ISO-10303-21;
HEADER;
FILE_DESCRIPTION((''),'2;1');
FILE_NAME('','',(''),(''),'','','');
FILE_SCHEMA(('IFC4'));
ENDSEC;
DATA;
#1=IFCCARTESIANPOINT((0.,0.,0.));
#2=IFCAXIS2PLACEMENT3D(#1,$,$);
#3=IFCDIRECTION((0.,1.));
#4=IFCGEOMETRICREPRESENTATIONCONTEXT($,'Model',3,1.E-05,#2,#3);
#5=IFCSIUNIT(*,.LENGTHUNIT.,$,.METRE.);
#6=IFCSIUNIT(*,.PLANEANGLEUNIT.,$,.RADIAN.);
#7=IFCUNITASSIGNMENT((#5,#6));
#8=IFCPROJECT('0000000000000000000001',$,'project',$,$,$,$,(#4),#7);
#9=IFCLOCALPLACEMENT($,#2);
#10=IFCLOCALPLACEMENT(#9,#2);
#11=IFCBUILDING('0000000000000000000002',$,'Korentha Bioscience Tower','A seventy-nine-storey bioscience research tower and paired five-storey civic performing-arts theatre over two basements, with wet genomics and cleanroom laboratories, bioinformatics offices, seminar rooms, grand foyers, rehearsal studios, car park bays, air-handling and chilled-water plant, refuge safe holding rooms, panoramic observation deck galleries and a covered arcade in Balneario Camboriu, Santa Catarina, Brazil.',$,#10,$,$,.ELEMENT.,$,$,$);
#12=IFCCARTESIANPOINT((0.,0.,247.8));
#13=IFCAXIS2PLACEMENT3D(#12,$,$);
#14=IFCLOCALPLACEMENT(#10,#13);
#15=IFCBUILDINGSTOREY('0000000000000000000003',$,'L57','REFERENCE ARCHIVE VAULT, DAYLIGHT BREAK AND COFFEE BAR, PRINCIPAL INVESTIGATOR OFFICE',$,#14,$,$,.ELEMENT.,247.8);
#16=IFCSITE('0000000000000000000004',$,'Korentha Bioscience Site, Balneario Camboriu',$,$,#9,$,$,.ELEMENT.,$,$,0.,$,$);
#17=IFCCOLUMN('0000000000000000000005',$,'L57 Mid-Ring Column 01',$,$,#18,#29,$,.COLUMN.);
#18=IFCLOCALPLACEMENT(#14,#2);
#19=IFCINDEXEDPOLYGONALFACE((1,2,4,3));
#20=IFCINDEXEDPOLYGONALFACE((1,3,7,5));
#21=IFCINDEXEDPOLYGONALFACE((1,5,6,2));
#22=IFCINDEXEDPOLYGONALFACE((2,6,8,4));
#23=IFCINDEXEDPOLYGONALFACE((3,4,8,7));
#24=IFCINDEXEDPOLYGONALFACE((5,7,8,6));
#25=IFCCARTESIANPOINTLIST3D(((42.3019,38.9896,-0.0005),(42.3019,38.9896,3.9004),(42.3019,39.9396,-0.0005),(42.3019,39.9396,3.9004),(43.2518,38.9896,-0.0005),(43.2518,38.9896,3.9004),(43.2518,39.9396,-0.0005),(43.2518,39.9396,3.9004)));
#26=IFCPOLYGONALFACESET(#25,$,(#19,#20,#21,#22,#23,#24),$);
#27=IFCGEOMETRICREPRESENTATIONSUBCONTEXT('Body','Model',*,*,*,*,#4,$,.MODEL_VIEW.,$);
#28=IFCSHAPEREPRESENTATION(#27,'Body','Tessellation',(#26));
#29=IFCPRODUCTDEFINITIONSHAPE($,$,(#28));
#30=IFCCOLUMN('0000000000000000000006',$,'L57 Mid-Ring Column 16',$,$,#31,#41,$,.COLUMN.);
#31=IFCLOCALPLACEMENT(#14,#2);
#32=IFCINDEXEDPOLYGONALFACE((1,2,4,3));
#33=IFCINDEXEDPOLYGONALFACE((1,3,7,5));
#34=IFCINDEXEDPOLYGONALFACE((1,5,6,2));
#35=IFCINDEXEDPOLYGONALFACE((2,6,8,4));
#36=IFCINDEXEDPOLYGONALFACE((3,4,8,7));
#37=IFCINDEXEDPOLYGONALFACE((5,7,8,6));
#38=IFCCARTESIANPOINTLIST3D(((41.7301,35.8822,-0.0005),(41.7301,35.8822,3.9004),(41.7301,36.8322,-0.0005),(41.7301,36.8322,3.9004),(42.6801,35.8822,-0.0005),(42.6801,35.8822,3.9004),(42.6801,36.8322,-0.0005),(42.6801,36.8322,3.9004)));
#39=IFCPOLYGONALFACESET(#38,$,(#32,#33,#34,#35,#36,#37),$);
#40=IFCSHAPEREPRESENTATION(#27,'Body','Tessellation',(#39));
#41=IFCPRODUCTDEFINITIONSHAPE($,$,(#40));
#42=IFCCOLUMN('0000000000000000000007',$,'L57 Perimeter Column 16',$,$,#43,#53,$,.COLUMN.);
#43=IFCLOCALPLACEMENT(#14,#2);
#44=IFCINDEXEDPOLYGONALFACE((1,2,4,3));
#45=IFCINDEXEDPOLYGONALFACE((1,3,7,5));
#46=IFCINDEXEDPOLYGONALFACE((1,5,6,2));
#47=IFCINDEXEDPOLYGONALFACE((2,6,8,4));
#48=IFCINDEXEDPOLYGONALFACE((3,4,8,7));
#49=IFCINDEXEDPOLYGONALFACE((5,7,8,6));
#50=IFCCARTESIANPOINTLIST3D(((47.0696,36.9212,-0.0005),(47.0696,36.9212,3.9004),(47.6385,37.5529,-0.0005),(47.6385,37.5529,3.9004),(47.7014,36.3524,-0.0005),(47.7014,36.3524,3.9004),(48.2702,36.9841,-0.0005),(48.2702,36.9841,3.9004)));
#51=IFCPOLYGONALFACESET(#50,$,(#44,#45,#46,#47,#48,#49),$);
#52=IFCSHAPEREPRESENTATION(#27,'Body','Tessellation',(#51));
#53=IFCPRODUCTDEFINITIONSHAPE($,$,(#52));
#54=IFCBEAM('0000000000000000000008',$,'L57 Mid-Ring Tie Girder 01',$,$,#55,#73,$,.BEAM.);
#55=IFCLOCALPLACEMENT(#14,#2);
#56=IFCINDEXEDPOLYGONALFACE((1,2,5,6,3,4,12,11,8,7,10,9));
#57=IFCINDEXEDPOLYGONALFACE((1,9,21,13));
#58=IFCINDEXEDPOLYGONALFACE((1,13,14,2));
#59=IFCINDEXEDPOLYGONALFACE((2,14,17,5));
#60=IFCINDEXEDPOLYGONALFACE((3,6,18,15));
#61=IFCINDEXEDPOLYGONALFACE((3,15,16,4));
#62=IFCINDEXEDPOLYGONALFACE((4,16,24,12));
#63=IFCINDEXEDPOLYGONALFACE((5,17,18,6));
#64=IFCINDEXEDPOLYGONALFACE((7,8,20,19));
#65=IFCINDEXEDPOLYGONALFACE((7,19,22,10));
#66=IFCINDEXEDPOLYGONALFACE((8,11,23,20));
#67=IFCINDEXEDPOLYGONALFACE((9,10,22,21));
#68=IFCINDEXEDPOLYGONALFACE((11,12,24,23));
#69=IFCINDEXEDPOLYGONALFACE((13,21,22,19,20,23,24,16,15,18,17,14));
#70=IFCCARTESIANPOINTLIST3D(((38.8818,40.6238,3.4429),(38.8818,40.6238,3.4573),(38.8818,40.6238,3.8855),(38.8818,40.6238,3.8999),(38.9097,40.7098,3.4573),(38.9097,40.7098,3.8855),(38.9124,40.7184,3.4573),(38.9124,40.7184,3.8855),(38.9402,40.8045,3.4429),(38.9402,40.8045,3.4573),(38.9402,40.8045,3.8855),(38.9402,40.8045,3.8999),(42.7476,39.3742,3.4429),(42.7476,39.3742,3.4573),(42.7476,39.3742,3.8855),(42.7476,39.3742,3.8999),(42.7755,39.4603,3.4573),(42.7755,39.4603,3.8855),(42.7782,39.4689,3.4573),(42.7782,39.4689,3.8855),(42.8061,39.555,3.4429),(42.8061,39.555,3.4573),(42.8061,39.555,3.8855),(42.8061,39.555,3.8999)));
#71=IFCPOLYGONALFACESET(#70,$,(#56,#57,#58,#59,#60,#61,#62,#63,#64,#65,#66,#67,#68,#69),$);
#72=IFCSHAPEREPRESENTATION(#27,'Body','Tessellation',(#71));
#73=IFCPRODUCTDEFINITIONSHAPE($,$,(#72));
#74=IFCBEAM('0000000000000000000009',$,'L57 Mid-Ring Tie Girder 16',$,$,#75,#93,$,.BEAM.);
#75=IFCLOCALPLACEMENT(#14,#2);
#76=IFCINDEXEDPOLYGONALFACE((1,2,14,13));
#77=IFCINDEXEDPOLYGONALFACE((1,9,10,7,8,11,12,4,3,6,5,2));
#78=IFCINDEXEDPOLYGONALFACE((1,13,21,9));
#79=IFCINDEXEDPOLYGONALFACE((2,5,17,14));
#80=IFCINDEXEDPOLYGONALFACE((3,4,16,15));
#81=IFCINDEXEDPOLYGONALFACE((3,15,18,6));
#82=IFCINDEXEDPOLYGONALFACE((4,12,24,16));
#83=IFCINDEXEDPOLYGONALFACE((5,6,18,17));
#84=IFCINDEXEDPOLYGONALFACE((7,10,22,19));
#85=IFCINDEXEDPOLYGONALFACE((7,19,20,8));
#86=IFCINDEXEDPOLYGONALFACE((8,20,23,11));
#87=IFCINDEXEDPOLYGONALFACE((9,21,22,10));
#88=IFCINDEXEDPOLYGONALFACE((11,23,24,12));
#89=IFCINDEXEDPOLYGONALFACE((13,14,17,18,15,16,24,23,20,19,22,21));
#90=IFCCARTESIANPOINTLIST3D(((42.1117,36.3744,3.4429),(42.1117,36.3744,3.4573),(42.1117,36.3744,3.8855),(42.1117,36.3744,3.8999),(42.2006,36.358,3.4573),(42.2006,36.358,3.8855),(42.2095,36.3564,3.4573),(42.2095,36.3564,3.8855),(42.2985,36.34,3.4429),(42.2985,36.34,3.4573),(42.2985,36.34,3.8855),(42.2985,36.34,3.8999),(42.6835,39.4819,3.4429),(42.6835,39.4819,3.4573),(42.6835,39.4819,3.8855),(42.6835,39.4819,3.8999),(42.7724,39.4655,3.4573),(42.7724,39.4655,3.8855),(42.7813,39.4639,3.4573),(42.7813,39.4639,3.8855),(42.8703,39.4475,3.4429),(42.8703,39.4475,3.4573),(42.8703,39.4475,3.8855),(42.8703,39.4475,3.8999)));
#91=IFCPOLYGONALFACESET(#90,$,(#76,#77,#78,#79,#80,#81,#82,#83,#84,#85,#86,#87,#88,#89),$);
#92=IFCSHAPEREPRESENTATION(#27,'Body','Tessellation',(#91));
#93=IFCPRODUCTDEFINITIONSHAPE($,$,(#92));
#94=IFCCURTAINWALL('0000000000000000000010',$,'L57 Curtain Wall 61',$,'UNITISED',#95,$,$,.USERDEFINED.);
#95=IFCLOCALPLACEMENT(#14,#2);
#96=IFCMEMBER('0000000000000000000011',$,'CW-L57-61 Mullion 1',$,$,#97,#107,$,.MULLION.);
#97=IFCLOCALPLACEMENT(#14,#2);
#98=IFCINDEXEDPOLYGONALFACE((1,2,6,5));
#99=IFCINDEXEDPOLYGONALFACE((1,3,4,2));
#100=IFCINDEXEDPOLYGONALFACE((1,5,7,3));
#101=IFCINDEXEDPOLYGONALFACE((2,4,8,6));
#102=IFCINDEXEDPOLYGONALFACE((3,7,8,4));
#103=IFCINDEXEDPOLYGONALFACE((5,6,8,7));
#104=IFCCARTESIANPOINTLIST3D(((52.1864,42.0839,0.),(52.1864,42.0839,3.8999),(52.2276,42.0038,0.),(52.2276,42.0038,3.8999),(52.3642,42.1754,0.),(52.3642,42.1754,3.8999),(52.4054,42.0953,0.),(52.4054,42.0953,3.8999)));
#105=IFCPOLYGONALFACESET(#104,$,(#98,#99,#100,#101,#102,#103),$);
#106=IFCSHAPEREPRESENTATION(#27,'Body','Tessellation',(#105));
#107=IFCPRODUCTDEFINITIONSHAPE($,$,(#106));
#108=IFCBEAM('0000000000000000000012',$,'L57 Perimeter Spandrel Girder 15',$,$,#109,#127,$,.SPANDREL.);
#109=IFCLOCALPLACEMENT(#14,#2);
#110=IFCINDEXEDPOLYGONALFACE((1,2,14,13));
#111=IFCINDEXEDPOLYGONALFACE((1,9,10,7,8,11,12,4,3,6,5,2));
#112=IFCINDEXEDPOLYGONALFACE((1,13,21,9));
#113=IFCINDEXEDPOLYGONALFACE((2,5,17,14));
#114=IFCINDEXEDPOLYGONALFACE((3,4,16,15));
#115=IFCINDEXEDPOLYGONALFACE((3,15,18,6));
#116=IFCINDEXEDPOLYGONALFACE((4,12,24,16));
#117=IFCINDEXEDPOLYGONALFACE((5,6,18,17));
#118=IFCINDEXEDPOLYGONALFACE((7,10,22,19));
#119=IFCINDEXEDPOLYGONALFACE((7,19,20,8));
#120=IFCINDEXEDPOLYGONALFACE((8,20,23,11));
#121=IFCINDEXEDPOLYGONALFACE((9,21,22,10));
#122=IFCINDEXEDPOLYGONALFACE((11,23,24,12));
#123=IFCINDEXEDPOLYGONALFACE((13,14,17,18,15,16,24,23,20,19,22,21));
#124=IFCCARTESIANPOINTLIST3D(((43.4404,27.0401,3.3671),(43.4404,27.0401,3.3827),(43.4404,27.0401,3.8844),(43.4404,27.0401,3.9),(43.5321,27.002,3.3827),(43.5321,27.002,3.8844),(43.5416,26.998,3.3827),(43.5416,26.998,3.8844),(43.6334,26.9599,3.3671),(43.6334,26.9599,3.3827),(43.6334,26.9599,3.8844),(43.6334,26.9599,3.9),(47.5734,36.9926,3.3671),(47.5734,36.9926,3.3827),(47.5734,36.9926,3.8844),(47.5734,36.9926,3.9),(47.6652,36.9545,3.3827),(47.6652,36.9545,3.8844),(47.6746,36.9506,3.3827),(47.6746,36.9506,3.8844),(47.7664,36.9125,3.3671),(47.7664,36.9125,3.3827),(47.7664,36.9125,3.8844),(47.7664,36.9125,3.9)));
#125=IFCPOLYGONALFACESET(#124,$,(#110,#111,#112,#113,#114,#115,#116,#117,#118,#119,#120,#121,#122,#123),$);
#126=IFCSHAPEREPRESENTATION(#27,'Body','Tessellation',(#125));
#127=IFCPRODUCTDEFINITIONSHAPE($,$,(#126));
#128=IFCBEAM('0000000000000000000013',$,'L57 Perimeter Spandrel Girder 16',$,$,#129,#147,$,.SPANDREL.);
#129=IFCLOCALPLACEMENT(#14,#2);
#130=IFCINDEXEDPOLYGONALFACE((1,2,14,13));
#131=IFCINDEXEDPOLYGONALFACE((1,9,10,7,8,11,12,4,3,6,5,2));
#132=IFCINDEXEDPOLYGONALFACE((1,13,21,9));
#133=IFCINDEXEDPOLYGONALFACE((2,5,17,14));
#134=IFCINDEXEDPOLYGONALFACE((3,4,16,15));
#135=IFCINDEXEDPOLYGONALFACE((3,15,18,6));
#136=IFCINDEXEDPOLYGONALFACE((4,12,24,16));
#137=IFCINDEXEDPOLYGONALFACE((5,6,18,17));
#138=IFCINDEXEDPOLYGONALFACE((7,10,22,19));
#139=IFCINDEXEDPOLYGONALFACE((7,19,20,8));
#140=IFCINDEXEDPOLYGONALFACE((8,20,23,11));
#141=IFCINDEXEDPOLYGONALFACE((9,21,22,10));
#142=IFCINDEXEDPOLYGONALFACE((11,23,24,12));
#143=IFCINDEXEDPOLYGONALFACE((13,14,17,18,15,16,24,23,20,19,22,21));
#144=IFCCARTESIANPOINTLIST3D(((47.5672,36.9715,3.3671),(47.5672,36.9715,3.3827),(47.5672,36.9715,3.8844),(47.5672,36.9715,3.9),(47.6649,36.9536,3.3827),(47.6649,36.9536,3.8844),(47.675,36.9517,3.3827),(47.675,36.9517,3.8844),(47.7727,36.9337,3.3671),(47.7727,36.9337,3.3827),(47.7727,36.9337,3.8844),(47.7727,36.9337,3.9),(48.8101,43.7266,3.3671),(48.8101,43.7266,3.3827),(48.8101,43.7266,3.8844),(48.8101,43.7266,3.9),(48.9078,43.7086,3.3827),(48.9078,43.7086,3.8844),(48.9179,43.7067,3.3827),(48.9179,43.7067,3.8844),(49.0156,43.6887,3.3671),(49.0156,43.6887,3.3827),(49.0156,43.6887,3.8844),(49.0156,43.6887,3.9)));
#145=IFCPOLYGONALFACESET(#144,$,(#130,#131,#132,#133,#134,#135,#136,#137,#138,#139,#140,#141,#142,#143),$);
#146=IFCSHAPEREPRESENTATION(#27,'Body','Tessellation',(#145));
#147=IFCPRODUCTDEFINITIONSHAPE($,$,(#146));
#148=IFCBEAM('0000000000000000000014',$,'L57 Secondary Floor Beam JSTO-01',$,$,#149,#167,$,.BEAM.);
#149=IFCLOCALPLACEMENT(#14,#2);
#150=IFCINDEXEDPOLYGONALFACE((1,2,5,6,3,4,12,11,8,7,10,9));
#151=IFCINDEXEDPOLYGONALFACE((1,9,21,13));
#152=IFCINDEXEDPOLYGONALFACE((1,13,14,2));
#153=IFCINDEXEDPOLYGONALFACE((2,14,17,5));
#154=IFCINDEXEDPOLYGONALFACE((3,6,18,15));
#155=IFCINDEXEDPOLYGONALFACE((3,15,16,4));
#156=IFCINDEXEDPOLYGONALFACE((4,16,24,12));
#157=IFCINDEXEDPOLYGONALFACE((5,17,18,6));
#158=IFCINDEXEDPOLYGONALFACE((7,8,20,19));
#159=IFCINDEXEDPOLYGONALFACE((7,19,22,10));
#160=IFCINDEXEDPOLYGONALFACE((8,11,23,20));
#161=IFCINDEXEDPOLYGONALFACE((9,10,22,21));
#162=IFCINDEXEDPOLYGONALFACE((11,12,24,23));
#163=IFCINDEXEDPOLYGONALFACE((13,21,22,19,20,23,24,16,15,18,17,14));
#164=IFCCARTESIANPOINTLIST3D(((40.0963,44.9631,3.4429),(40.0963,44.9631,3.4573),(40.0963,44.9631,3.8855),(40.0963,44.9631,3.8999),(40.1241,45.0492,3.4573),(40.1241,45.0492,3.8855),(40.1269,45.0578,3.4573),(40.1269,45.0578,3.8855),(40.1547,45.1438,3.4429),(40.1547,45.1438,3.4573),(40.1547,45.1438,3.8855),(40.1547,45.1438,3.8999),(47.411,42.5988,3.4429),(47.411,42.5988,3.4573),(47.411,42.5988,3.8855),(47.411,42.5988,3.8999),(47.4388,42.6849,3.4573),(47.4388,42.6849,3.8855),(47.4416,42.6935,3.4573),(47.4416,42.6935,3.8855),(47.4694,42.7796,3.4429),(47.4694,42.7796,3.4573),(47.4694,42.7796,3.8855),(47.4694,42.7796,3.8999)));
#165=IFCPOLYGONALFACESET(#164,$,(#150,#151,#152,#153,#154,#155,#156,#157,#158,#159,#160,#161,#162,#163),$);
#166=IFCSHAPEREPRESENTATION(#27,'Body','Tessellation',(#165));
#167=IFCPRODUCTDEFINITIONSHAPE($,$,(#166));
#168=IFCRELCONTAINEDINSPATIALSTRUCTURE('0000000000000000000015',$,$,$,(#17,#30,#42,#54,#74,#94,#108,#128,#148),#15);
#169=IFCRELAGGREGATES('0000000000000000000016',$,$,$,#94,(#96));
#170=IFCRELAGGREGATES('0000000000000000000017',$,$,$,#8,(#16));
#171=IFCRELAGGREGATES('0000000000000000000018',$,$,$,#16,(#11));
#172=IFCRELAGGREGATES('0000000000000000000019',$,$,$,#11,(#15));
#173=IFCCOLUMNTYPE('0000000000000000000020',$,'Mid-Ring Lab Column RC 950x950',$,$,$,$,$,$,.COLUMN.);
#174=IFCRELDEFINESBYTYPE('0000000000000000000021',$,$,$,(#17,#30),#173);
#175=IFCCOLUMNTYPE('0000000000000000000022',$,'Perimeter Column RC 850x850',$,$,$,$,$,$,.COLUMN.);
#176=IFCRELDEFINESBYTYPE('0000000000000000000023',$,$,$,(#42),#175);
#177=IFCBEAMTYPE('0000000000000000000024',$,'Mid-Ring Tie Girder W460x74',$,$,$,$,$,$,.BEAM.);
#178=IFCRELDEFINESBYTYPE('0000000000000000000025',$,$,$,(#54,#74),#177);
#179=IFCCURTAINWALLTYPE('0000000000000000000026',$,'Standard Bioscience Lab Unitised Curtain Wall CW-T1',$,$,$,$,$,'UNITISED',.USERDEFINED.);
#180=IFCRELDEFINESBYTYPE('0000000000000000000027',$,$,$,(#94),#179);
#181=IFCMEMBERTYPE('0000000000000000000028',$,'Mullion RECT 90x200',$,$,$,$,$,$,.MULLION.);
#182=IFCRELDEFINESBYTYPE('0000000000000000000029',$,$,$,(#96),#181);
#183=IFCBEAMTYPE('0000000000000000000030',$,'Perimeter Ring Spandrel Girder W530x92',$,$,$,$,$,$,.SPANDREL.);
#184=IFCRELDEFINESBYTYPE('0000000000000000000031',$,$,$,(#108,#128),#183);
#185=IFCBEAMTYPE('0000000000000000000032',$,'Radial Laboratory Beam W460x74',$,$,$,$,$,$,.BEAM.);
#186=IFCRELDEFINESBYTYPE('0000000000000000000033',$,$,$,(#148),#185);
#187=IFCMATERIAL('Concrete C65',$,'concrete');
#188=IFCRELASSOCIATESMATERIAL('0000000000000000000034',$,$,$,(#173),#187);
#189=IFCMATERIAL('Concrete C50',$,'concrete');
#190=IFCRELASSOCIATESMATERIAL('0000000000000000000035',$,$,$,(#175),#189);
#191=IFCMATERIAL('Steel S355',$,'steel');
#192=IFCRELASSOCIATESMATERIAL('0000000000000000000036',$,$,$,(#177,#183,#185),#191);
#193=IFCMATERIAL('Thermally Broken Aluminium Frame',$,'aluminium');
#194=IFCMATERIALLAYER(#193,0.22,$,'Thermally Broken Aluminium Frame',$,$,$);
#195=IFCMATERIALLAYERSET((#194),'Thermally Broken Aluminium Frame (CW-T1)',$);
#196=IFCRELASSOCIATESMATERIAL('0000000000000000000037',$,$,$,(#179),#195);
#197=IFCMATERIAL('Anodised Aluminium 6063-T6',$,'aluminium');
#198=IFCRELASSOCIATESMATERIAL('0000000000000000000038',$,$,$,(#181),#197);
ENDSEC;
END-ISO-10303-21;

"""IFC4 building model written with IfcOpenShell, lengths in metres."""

from ifc_helpers import new_model, si_unit, direction, frame, origin, origin_2d, place, context, subcontext, project, spatial, rectangle, i_section, extrude, material, layer, layer_set, material_profile, profile_set, type_object, element, aggregate, save


model = new_model("IFC4")

# Units and contexts
model_context = context("Model", 3, precision=1e-05, world=origin(), true_north=direction((0.0, 1.0)))
body_context = subcontext(model_context, "Body", "Model", "MODEL_VIEW")
ifc_project = project(units=[si_unit("LENGTHUNIT", "METRE"), si_unit("PLANEANGLEUNIT", "RADIAN")], contexts=[model_context])

# Site, building, storey
site_placement = place(None, origin())
site = spatial("IfcSite", under=ifc_project, at=site_placement, Name="Korentha Bioscience Site, Balneario Camboriu", CompositionType="ELEMENT", RefElevation=0.0)
building_placement = place(site_placement, origin())
building = spatial("IfcBuilding", under=site, at=building_placement, Name="Korentha Bioscience Tower", Description="A seventy-nine-storey bioscience research tower and paired five-storey civic performing-arts theatre over two basements, with wet genomics and cleanroom laboratories, bioinformatics offices, seminar rooms, grand foyers, rehearsal studios, car park bays, air-handling and chilled-water plant, refuge safe holding rooms, panoramic observation deck galleries and a covered arcade in Balneario Camboriu, Santa Catarina, Brazil.", CompositionType="ELEMENT")
storey_placement = place(building_placement, frame((0.0, 0.0, 247.8)))
storey = spatial("IfcBuildingStorey", under=building, at=storey_placement, Name="L57", Description="REFERENCE ARCHIVE VAULT, DAYLIGHT BREAK AND COFFEE BAR, PRINCIPAL INVESTIGATOR OFFICE", CompositionType="ELEMENT", Elevation=247.8)

# Columns
ifc_material_1 = material(Name="Concrete C65", Category="concrete")
ifc_material_profile_1 = material_profile(ifc_material_1, rectangle(XDim=0.95, YDim=0.95, at=origin_2d()), Name="Concrete C65")
ifc_profile_set_1 = profile_set([ifc_material_profile_1], Name="Concrete C65 (COL-MR09)")
column_type_1 = type_object("IfcColumnType", Name="Mid-Ring Lab Column RC 950x950", PredefinedType="COLUMN", material=ifc_profile_set_1)
for number, where, z_axis, x_axis, name in (
    (1, (42.7769, 39.4646, -0.0005), (0.0, 0.0, 1.0), (1.0, 0.0, 0.0), "L57 Mid-Ring Column 01"),
    (2, (42.2051, 36.3572, -0.0005), (0.0, 0.0, 1.0), (1.0, 0.0, 0.0), "L57 Mid-Ring Column 16"),
):
    element("IfcColumn", number, at=place(storey_placement, frame(where, z_axis=z_axis, x_axis=x_axis)), inside=storey, type_object=column_type_1, Name=name, PredefinedType="COLUMN", context=body_context, shape_type="SweptSolid", body=[
        extrude(rectangle(XDim=0.95, YDim=0.95, at=origin_2d()), origin(), (0.0, 0.0, 1.0), 3.9009),
    ])
ifc_material_2 = material(Name="Concrete C50", Category="concrete")
ifc_material_profile_2 = material_profile(ifc_material_2, rectangle(XDim=0.8501, YDim=0.8501, at=origin_2d()), Name="Concrete C50")
ifc_profile_set_2 = profile_set([ifc_material_profile_2], Name="Concrete C50 (COL-P08)")
column_type_2 = type_object("IfcColumnType", Name="Perimeter Column RC 850x850", PredefinedType="COLUMN", material=ifc_profile_set_2)
column_placement = place(storey_placement, frame((47.6699, 36.9526, -0.0005), z_axis=(0.0, 0.0, 1.0), x_axis=(0.669131, 0.743145, 0.0)))
element("IfcColumn", 3, at=column_placement, inside=storey, type_object=column_type_2, Name="L57 Perimeter Column 16", PredefinedType="COLUMN", context=body_context, shape_type="SweptSolid", body=[
    extrude(rectangle(XDim=0.8501, YDim=0.8501, at=origin_2d()), origin(), (0.0, 0.0, 1.0), 3.9009),
])

# Beams
ifc_material_3 = material(Name="Steel S355", Category="steel")
ifc_material_profile_3 = material_profile(ifc_material_3, i_section(OverallWidth=0.1899, OverallDepth=0.457, WebThickness=0.009, FlangeThickness=0.0144, at=origin_2d()), Name="Steel S355")
ifc_profile_set_3 = profile_set([ifc_material_profile_3], Name="Steel S355 (MB-460)")
beam_type_1 = type_object("IfcBeamType", Name="Mid-Ring Tie Girder W460x74", PredefinedType="BEAM", material=ifc_profile_set_3)
beam_1_placement = place(storey_placement, frame((42.7769, 39.4646, 3.6714), z_axis=(-0.951528, 0.307561, 0.0), x_axis=(-0.307561, -0.951528, 0.0)))
element("IfcBeam", 4, at=beam_1_placement, inside=storey, type_object=beam_type_1, Name="L57 Mid-Ring Tie Girder 01", PredefinedType="BEAM", context=body_context, shape_type="SweptSolid", body=[
    extrude(i_section(OverallWidth=0.1899, OverallDepth=0.457, WebThickness=0.009, FlangeThickness=0.0144, at=origin_2d()), origin(), (0.0, 0.0, 1.0), 4.0627),
])
beam_2_placement = place(storey_placement, frame((42.2051, 36.3572, 3.6714), z_axis=(0.180966, 0.983489, 0.0), x_axis=(-0.983489, 0.180966, 0.0)))
element("IfcBeam", 5, at=beam_2_placement, inside=storey, type_object=beam_type_1, Name="L57 Mid-Ring Tie Girder 16", PredefinedType="BEAM", context=body_context, shape_type="SweptSolid", body=[
    extrude(i_section(OverallWidth=0.1899, OverallDepth=0.457, WebThickness=0.009, FlangeThickness=0.0144, at=origin_2d()), origin(), (0.0, 0.0, 1.0), 3.1597),
])

# Curtain wall, member
ifc_material_4 = material(Name="Thermally Broken Aluminium Frame", Category="aluminium")
ifc_layer_1 = layer(ifc_material_4, 0.22, Name="Thermally Broken Aluminium Frame")
ifc_layer_set_1 = layer_set([ifc_layer_1], Name="Thermally Broken Aluminium Frame (CW-T1)")
curtain_wall_type = type_object("IfcCurtainWallType", Name="Standard Bioscience Lab Unitised Curtain Wall CW-T1", ElementType="UNITISED", PredefinedType="USERDEFINED", material=ifc_layer_set_1)
curtain_wall_placement = place(storey_placement, origin())
curtain_wall = element("IfcCurtainWall", 6, at=curtain_wall_placement, inside=storey, type_object=curtain_wall_type, Name="L57 Curtain Wall 61", ObjectType="UNITISED", PredefinedType="USERDEFINED")
ifc_material_5 = material(Name="Anodised Aluminium 6063-T6", Category="aluminium")
ifc_material_profile_4 = material_profile(ifc_material_5, rectangle(XDim=0.0901, YDim=0.2, at=origin_2d()), Name="Anodised Aluminium 6063-T6")
ifc_profile_set_4 = profile_set([ifc_material_profile_4], Name="Anodised Aluminium 6063-T6 (CW-MUL)")
member_type_1 = type_object("IfcMemberType", Name="Mullion RECT 90x200", PredefinedType="MULLION", material=ifc_profile_set_4)
member_1_placement = place(storey_placement, frame((52.2959, 42.0896, 0.0), z_axis=(0.0, 0.0, 1.0), x_axis=(-0.45757, 0.889174, 0.0)))
member_1 = element("IfcMember", 7, at=member_1_placement, type_object=member_type_1, Name="CW-L57-61 Mullion 1", PredefinedType="MULLION", context=body_context, shape_type="SweptSolid", body=[
    extrude(rectangle(XDim=0.0901, YDim=0.2, at=origin_2d()), origin(), (0.0, 0.0, 1.0), 3.8999),
])

# Beams
ifc_material_profile_5 = material_profile(ifc_material_3, i_section(OverallWidth=0.209, OverallDepth=0.533, WebThickness=0.0103, FlangeThickness=0.0156, at=origin_2d()), Name="Steel S355")
ifc_profile_set_5 = profile_set([ifc_material_profile_5], Name="Steel S355 (SB-530)")
beam_type_2 = type_object("IfcBeamType", Name="Perimeter Ring Spandrel Girder W530x92", PredefinedType="SPANDREL", material=ifc_profile_set_5)
beam_3_placement = place(storey_placement, frame((43.5369, 27.0, 3.6335), z_axis=(0.383518, 0.923533, 0.0), x_axis=(-0.923533, 0.383518, 0.0)))
element("IfcBeam", 8, at=beam_3_placement, inside=storey, type_object=beam_type_2, Name="L57 Perimeter Spandrel Girder 15", PredefinedType="SPANDREL", context=body_context, shape_type="SweptSolid", body=[
    extrude(i_section(OverallWidth=0.209, OverallDepth=0.533, WebThickness=0.0103, FlangeThickness=0.0156, at=origin_2d()), origin(), (0.0, 0.0, 1.0), 10.7766),
])
beam_4_placement = place(storey_placement, frame((47.6699, 36.9526, 3.6335), z_axis=(0.180959, 0.983491, 0.0), x_axis=(-0.983491, 0.180959, 0.0)))
element("IfcBeam", 9, at=beam_4_placement, inside=storey, type_object=beam_type_2, Name="L57 Perimeter Spandrel Girder 16", PredefinedType="SPANDREL", context=body_context, shape_type="SweptSolid", body=[
    extrude(i_section(OverallWidth=0.209, OverallDepth=0.533, WebThickness=0.0103, FlangeThickness=0.0156, at=origin_2d()), origin(), (0.0, 0.0, 1.0), 6.8684),
])
ifc_material_profile_6 = material_profile(ifc_material_3, i_section(OverallWidth=0.1899, OverallDepth=0.457, WebThickness=0.009, FlangeThickness=0.0144, at=origin_2d()), Name="Steel S355")
ifc_profile_set_6 = profile_set([ifc_material_profile_6], Name="Steel S355 (RB-460)")
beam_type_3 = type_object("IfcBeamType", Name="Radial Laboratory Beam W460x74", PredefinedType="BEAM", material=ifc_profile_set_6)
beam_5_placement = place(storey_placement, frame((47.4402, 42.6892, 3.6714), z_axis=(-0.951531, 0.307554, 0.0), x_axis=(-0.307554, -0.951531, 0.0)))
element("IfcBeam", 10, at=beam_5_placement, inside=storey, type_object=beam_type_3, Name="L57 Secondary Floor Beam JSTO-01", PredefinedType="BEAM", context=body_context, shape_type="SweptSolid", body=[
    extrude(i_section(OverallWidth=0.1899, OverallDepth=0.457, WebThickness=0.009, FlangeThickness=0.0144, at=origin_2d()), origin(), (0.0, 0.0, 1.0), 7.6873),
])

aggregate(curtain_wall, [member_1])

save(model, "model.ifc")
